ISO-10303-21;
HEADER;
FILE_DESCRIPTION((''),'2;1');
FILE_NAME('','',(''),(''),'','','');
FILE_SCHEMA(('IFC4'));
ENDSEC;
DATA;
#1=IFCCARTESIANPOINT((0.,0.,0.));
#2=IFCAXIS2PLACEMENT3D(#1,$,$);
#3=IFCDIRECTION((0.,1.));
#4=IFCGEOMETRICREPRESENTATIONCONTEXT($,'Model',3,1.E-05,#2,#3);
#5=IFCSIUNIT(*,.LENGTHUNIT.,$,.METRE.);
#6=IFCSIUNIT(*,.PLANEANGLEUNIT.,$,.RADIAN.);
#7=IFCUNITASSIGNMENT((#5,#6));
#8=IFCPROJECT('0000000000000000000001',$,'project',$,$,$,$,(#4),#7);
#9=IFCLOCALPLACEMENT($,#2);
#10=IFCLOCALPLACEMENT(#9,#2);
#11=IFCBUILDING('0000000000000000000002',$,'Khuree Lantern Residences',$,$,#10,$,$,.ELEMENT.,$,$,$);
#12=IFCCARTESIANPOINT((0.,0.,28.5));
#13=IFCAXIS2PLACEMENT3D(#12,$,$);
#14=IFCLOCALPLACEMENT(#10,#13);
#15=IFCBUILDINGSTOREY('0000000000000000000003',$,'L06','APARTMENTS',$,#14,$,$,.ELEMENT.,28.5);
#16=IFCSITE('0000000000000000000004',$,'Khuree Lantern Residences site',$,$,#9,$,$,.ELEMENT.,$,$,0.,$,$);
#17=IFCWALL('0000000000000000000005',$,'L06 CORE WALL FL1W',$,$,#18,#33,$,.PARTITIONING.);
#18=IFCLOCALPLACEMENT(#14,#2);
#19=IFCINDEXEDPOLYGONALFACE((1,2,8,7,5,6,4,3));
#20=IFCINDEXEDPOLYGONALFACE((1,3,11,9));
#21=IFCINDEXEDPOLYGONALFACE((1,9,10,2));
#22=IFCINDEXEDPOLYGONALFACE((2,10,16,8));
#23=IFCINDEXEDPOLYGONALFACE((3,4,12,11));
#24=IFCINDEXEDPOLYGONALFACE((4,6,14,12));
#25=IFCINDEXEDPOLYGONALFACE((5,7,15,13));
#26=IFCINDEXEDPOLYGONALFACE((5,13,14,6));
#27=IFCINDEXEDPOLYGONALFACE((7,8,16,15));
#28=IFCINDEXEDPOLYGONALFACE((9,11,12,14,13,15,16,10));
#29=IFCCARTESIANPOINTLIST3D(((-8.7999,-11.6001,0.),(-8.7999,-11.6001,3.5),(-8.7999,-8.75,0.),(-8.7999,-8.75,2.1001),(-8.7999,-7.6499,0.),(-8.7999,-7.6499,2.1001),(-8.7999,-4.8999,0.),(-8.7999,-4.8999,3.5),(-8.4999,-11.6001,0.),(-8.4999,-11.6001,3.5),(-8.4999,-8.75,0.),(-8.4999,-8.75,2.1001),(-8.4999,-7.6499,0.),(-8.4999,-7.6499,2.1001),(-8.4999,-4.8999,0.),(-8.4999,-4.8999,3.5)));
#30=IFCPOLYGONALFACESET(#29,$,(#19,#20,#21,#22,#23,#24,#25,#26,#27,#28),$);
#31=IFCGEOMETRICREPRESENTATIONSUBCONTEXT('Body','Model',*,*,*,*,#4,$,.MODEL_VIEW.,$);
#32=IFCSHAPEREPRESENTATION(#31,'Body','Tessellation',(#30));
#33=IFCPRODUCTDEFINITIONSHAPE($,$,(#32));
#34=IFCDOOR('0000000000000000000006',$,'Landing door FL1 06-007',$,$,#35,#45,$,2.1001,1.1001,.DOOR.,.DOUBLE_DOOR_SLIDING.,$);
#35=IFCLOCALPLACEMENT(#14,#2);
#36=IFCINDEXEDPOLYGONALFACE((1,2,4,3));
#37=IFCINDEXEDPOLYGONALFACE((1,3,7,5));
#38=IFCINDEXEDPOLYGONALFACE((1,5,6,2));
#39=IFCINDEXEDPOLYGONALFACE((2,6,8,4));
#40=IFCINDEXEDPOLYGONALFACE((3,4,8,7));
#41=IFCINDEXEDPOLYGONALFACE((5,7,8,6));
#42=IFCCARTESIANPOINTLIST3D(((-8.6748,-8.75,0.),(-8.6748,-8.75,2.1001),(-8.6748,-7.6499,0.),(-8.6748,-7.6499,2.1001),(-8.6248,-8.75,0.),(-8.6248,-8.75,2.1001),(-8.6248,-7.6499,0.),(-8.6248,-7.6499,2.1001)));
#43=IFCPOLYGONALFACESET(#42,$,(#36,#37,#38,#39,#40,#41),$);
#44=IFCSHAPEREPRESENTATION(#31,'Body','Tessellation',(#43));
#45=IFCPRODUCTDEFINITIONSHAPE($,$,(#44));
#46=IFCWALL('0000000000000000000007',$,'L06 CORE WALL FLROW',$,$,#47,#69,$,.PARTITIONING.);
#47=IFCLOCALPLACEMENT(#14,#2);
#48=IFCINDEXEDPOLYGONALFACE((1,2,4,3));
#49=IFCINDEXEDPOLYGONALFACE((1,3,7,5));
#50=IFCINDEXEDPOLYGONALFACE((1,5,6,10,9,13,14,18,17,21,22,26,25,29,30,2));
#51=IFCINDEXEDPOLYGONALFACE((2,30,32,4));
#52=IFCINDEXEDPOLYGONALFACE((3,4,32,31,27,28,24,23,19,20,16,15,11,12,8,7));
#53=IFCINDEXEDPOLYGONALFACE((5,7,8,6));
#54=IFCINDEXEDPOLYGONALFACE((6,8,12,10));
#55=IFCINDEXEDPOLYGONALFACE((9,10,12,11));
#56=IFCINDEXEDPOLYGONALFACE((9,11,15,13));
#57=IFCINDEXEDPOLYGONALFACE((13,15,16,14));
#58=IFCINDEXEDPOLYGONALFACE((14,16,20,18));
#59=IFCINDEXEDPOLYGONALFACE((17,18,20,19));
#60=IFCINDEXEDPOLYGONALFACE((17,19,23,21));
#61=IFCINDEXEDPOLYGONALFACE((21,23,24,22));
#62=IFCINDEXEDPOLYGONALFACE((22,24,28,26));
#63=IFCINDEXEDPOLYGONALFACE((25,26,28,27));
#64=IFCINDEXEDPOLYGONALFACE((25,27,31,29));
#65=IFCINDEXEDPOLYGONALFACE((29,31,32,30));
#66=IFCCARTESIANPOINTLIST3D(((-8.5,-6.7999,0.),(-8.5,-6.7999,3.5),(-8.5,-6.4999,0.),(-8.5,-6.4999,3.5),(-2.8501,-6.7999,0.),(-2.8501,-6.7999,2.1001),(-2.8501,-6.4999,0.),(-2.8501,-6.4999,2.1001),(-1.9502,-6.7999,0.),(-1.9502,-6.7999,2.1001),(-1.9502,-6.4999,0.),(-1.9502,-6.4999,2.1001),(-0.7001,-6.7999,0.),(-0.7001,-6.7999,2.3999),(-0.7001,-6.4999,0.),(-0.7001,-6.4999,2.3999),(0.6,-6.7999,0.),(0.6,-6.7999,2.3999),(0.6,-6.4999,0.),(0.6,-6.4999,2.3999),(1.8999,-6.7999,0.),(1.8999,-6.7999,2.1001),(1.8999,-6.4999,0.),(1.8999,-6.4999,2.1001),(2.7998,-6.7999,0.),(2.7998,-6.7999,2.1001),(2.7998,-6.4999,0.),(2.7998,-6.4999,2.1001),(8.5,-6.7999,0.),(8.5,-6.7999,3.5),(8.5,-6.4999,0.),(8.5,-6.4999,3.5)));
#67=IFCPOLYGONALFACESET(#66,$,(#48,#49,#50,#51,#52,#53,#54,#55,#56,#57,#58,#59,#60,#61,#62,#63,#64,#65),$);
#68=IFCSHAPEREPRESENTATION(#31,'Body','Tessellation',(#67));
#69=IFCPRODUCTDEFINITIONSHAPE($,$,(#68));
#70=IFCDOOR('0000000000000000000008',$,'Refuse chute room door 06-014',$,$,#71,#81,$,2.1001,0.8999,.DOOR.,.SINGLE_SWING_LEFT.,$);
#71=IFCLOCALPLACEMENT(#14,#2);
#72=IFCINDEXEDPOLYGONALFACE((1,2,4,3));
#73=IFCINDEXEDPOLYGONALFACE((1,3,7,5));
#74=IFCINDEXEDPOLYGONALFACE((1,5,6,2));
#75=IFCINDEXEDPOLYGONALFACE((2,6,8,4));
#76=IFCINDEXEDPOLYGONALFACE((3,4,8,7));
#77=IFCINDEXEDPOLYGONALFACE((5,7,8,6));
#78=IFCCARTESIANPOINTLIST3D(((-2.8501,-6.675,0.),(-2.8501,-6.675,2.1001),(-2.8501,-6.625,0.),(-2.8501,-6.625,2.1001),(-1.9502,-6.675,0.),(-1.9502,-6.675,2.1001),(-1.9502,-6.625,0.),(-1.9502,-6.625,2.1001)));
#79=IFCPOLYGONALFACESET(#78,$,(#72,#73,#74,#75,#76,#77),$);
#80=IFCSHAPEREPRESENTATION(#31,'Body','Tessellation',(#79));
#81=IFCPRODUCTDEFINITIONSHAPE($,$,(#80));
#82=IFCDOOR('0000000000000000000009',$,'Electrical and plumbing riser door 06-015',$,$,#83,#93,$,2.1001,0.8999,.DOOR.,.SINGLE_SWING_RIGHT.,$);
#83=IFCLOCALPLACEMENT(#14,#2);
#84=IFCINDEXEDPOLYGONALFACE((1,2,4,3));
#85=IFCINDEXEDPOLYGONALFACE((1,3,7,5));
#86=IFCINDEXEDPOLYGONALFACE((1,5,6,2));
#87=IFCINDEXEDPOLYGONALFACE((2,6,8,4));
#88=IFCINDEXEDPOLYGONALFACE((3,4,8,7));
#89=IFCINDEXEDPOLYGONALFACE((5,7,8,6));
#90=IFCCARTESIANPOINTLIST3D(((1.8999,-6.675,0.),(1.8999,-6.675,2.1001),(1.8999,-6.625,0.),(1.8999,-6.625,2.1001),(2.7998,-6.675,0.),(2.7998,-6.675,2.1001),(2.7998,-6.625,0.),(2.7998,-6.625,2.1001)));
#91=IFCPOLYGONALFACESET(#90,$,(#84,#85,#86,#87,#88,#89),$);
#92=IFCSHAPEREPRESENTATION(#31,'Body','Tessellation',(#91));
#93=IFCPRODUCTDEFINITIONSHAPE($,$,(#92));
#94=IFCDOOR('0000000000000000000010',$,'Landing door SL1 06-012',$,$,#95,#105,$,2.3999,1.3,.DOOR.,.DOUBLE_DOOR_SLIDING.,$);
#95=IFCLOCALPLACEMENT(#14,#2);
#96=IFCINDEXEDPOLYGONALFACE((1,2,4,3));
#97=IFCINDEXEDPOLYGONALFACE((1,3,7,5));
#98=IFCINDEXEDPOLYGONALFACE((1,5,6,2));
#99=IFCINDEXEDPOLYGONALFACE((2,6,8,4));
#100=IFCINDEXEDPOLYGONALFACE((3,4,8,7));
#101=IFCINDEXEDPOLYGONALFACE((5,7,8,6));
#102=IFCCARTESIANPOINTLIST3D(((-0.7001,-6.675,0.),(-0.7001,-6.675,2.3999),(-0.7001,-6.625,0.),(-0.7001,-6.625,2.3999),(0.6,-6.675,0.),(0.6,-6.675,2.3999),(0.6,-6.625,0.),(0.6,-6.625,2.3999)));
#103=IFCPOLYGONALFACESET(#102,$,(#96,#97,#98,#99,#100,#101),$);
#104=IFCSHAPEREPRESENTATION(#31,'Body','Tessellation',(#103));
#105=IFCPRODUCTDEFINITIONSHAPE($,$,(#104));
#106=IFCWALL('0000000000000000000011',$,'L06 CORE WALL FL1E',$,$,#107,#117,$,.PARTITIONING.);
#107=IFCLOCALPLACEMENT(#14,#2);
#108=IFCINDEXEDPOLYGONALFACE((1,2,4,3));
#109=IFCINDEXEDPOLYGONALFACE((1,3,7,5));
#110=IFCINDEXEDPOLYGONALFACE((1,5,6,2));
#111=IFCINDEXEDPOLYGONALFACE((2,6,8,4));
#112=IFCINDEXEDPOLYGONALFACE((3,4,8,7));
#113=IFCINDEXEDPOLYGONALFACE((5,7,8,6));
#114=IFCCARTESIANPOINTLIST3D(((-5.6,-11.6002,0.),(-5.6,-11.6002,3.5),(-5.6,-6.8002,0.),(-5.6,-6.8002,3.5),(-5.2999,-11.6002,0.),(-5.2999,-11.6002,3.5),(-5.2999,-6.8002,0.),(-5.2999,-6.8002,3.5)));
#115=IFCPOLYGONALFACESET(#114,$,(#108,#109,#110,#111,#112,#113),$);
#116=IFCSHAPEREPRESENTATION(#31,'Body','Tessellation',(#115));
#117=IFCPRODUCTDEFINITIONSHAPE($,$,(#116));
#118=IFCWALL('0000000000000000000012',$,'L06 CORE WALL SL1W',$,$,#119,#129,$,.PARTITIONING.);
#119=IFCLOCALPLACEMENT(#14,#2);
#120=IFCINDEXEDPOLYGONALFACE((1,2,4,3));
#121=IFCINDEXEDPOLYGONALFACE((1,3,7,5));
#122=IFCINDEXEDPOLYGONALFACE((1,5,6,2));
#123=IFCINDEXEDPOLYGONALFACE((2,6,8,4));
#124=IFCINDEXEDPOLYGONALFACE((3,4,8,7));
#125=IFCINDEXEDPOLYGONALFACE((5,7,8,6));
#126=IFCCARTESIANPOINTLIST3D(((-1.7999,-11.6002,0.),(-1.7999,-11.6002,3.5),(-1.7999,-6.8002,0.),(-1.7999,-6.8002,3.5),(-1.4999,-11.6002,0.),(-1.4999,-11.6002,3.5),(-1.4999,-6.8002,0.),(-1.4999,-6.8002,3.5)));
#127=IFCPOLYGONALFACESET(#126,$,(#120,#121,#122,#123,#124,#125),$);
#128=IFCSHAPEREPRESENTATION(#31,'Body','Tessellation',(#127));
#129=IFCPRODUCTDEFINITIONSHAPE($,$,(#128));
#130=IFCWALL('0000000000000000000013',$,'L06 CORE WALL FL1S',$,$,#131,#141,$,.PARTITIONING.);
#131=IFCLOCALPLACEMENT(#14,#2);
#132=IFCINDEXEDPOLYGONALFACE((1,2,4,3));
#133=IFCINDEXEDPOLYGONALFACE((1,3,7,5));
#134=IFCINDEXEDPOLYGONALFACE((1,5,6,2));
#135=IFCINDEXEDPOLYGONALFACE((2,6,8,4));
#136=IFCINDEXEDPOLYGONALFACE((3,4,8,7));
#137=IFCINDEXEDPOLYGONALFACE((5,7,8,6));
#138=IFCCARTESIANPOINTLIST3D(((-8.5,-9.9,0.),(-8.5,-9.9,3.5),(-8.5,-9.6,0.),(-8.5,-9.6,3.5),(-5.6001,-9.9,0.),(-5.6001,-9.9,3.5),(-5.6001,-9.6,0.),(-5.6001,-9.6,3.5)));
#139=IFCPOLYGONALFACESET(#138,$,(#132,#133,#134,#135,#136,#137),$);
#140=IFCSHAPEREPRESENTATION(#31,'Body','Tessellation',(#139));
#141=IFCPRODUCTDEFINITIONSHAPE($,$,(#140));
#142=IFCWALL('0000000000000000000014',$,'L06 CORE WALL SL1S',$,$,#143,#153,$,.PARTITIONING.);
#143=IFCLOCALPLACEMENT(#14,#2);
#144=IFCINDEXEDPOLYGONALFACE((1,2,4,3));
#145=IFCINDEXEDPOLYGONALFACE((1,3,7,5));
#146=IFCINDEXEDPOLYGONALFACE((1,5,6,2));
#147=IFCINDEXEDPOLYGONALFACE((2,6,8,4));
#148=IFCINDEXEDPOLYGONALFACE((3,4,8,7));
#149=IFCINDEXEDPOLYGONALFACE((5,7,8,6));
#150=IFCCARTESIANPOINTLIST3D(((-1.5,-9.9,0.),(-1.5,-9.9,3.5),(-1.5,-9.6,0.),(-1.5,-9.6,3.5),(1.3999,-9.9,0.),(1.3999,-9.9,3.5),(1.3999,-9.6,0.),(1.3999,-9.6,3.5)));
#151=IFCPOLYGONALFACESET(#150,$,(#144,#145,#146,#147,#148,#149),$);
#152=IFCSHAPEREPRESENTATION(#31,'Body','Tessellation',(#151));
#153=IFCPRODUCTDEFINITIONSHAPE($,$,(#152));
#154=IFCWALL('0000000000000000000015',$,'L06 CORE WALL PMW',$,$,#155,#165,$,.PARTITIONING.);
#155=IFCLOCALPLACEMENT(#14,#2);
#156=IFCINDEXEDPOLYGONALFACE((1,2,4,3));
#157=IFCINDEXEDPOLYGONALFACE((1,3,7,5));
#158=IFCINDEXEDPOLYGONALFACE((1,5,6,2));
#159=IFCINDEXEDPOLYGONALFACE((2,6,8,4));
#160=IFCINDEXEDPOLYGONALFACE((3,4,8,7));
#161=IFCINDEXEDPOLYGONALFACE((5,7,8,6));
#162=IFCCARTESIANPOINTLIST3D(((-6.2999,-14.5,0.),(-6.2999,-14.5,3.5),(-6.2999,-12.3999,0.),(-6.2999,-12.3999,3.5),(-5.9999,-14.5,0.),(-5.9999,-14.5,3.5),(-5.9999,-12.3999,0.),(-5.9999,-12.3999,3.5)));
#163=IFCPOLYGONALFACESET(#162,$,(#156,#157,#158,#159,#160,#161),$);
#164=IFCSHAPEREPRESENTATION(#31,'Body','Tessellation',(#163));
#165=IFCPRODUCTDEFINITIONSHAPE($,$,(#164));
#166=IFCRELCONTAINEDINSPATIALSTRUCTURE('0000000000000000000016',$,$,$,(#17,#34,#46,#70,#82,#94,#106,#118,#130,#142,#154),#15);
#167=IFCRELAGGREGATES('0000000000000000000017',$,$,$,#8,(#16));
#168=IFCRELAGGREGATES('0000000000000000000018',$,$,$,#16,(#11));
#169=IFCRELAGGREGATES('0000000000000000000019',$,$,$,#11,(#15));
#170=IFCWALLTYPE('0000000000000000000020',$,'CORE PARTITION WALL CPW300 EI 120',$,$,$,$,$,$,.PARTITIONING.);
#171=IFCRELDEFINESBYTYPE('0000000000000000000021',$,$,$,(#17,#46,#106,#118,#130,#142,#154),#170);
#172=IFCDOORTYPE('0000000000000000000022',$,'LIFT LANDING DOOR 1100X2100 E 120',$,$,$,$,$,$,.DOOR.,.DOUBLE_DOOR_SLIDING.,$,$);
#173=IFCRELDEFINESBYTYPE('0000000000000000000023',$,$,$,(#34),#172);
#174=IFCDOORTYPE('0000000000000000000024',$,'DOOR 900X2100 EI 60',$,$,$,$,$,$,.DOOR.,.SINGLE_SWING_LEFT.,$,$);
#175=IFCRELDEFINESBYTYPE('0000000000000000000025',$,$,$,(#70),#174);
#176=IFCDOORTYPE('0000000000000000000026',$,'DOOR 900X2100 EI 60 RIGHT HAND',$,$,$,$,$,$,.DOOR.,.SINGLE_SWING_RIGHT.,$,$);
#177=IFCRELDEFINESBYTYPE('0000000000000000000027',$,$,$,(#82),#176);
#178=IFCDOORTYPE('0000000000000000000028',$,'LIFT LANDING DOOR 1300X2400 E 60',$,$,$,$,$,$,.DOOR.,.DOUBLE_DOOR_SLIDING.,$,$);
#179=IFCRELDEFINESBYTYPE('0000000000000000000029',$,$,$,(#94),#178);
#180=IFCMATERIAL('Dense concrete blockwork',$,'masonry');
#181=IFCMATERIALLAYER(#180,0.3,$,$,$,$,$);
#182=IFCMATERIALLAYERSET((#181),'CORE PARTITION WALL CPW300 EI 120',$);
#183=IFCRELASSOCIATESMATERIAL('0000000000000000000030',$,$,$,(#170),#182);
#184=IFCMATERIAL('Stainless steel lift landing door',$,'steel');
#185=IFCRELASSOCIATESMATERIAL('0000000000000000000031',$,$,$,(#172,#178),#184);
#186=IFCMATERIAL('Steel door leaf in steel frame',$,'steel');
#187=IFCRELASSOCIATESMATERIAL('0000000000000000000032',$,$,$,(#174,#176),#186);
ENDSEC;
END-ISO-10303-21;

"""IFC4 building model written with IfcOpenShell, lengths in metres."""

from ifc_helpers import new_model, si_unit, direction, frame, frame_2d, origin, place, context, subcontext, project, spatial, rectangle, extrude, material, layer, layer_set, type_object, element, fill, save


model = new_model("IFC4")

# Units and contexts
model_context = context("Model", 3, precision=1e-05, world=origin(), true_north=direction((0.0, 1.0)))
body_context = subcontext(model_context, "Body", "Model", "MODEL_VIEW")
ifc_project = project(units=[si_unit("LENGTHUNIT", "METRE"), si_unit("PLANEANGLEUNIT", "RADIAN")], contexts=[model_context])

# Site, building, storey
site_placement = place(None, origin())
site = spatial("IfcSite", under=ifc_project, at=site_placement, Name="Khuree Lantern Residences site", CompositionType="ELEMENT", RefElevation=0.0)
building_placement = place(site_placement, origin())
building = spatial("IfcBuilding", under=site, at=building_placement, Name="Khuree Lantern Residences", CompositionType="ELEMENT")
storey_placement = place(building_placement, frame((0.0, 0.0, 28.5)))
storey = spatial("IfcBuildingStorey", under=building, at=storey_placement, Name="L06", Description="APARTMENTS", CompositionType="ELEMENT", Elevation=28.5)

# Wall, opening, door
ifc_material_1 = material(Name="Dense concrete blockwork", Category="masonry")
ifc_layer_1 = layer(ifc_material_1, 0.3)
ifc_layer_set_1 = layer_set([ifc_layer_1], Name="CORE PARTITION WALL CPW300 EI 120")
wall_type_1 = type_object("IfcWallType", Name="CORE PARTITION WALL CPW300 EI 120", PredefinedType="PARTITIONING", material=ifc_layer_set_1)
wall_1_placement = place(storey_placement, frame((-8.6499, -11.6001, 0.0), z_axis=(0.0, 0.0, 1.0), x_axis=(0.0, 1.0, 0.0)))
wall_1 = element("IfcWall", 1, at=wall_1_placement, inside=storey, type_object=wall_type_1, Name="L06 CORE WALL FL1W", PredefinedType="PARTITIONING", context=body_context, shape_type="SweptSolid", body=[
    extrude(rectangle(XDim=6.7002, YDim=0.3, at=frame_2d((3.3501, 0.0))), origin(), (0.0, 0.0, 1.0), 3.5),
])
opening_1_placement = place(wall_1_placement, frame((2.8501, 0.0, 0.0)))
opening_1 = element("IfcOpeningElement", 2, at=opening_1_placement, cuts=wall_1, PredefinedType="OPENING", context=body_context, shape_type="SweptSolid", body=[
    extrude(rectangle(XDim=1.1001, YDim=2.1001, at=frame_2d((0.55, 1.05))), frame((0.0, 0.1602, 0.0), z_axis=(0.0, -1.0, 0.0), x_axis=(1.0, 0.0, 0.0)), (0.0, 0.0, 1.0), 0.3201),
])
ifc_material_2 = material(Name="Stainless steel lift landing door", Category="steel")
door_type_1 = type_object("IfcDoorType", Name="LIFT LANDING DOOR 1100X2100 E 120", OperationType="DOUBLE_DOOR_SLIDING", PredefinedType="DOOR", material=ifc_material_2)
door_1_placement = place(opening_1_placement, origin())
door_1 = element("IfcDoor", 3, at=door_1_placement, inside=storey, type_object=door_type_1, Name="Landing door FL1 06-007", OperationType="DOUBLE_DOOR_SLIDING", OverallHeight=2.1001, OverallWidth=1.1001, PredefinedType="DOOR", context=body_context, shape_type="SweptSolid", body=[
    extrude(rectangle(XDim=1.1001, YDim=2.1001, at=frame_2d((0.55, 1.05))), frame((0.0, 0.0249, 0.0), z_axis=(0.0, -1.0, 0.0), x_axis=(1.0, 0.0, 0.0)), (0.0, 0.0, 1.0), 0.05),
])
fill(opening_1, door_1)

# Wall, openings, doors
wall_2_placement = place(storey_placement, frame((-8.5, -6.6499, 0.0), z_axis=(0.0, 0.0, 1.0), x_axis=(1.0, 0.0, 0.0)))
wall_2 = element("IfcWall", 4, at=wall_2_placement, inside=storey, type_object=wall_type_1, Name="L06 CORE WALL FLROW", PredefinedType="PARTITIONING", context=body_context, shape_type="SweptSolid", body=[
    extrude(rectangle(XDim=17.0, YDim=0.3, at=frame_2d((8.5, 0.0))), origin(), (0.0, 0.0, 1.0), 3.5),
])
opening_2_placement = place(wall_2_placement, frame((7.8, 0.0, 0.0)))
opening_2 = element("IfcOpeningElement", 5, at=opening_2_placement, cuts=wall_2, PredefinedType="OPENING", context=body_context, shape_type="SweptSolid", body=[
    extrude(rectangle(XDim=1.3, YDim=2.3999, at=frame_2d((0.6499, 1.2))), frame((0.0, 0.1602, 0.0), z_axis=(0.0, -1.0, 0.0), x_axis=(1.0, 0.0, 0.0)), (0.0, 0.0, 1.0), 0.3201),
])
opening_3_placement = place(wall_2_placement, frame((5.6499, 0.0, 0.0)))
opening_3 = element("IfcOpeningElement", 6, at=opening_3_placement, cuts=wall_2, PredefinedType="OPENING", context=body_context, shape_type="SweptSolid", body=[
    extrude(rectangle(XDim=0.8999, YDim=2.1001, at=frame_2d((0.45, 1.05))), frame((0.0, 0.1602, 0.0), z_axis=(0.0, -1.0, 0.0), x_axis=(1.0, 0.0, 0.0)), (0.0, 0.0, 1.0), 0.3201),
])
opening_4_placement = place(wall_2_placement, frame((10.3999, 0.0, 0.0)))
opening_4 = element("IfcOpeningElement", 7, at=opening_4_placement, cuts=wall_2, PredefinedType="OPENING", context=body_context, shape_type="SweptSolid", body=[
    extrude(rectangle(XDim=0.8999, YDim=2.1001, at=frame_2d((0.45, 1.05))), frame((0.0, 0.1602, 0.0), z_axis=(0.0, -1.0, 0.0), x_axis=(1.0, 0.0, 0.0)), (0.0, 0.0, 1.0), 0.3201),
])
ifc_material_3 = material(Name="Steel door leaf in steel frame", Category="steel")
door_type_2 = type_object("IfcDoorType", Name="DOOR 900X2100 EI 60", OperationType="SINGLE_SWING_LEFT", PredefinedType="DOOR", material=ifc_material_3)
door_2_placement = place(opening_3_placement, origin())
door_2 = element("IfcDoor", 8, at=door_2_placement, inside=storey, type_object=door_type_2, Name="Refuse chute room door 06-014", OperationType="SINGLE_SWING_LEFT", OverallHeight=2.1001, OverallWidth=0.8999, PredefinedType="DOOR", context=body_context, shape_type="SweptSolid", body=[
    extrude(rectangle(XDim=0.8999, YDim=2.1001, at=frame_2d((0.45, 1.05))), frame((0.0, 0.0249, 0.0), z_axis=(0.0, -1.0, 0.0), x_axis=(1.0, 0.0, 0.0)), (0.0, 0.0, 1.0), 0.05),
])
fill(opening_3, door_2)
door_type_3 = type_object("IfcDoorType", Name="DOOR 900X2100 EI 60 RIGHT HAND", OperationType="SINGLE_SWING_RIGHT", PredefinedType="DOOR", material=ifc_material_3)
door_3_placement = place(opening_4_placement, origin())
door_3 = element("IfcDoor", 9, at=door_3_placement, inside=storey, type_object=door_type_3, Name="Electrical and plumbing riser door 06-015", OperationType="SINGLE_SWING_RIGHT", OverallHeight=2.1001, OverallWidth=0.8999, PredefinedType="DOOR", context=body_context, shape_type="SweptSolid", body=[
    extrude(rectangle(XDim=0.8999, YDim=2.1001, at=frame_2d((0.45, 1.05))), frame((0.0, 0.0249, 0.0), z_axis=(0.0, -1.0, 0.0), x_axis=(1.0, 0.0, 0.0)), (0.0, 0.0, 1.0), 0.05),
])
fill(opening_4, door_3)
door_type_4 = type_object("IfcDoorType", Name="LIFT LANDING DOOR 1300X2400 E 60", OperationType="DOUBLE_DOOR_SLIDING", PredefinedType="DOOR", material=ifc_material_2)
door_4_placement = place(opening_2_placement, origin())
door_4 = element("IfcDoor", 10, at=door_4_placement, inside=storey, type_object=door_type_4, Name="Landing door SL1 06-012", OperationType="DOUBLE_DOOR_SLIDING", OverallHeight=2.3999, OverallWidth=1.3, PredefinedType="DOOR", context=body_context, shape_type="SweptSolid", body=[
    extrude(rectangle(XDim=1.3, YDim=2.3999, at=frame_2d((0.6499, 1.2))), frame((0.0, 0.0249, 0.0), z_axis=(0.0, -1.0, 0.0), x_axis=(1.0, 0.0, 0.0)), (0.0, 0.0, 1.0), 0.05),
])
fill(opening_2, door_4)

# Walls
for number, where, z_axis, x_axis, name in (
    (11, (-5.45, -11.6001, 0.0), (0.0, 0.0, 1.0), (0.0, 1.0, 0.0), "L06 CORE WALL FL1E"),
    (12, (-1.6499, -11.6001, 0.0), (0.0, 0.0, 1.0), (0.0, 1.0, 0.0), "L06 CORE WALL SL1W"),
):
    element("IfcWall", number, at=place(storey_placement, frame(where, z_axis=z_axis, x_axis=x_axis)), inside=storey, type_object=wall_type_1, Name=name, PredefinedType="PARTITIONING", context=body_context, shape_type="SweptSolid", body=[
        extrude(rectangle(XDim=4.8, YDim=0.3, at=frame_2d((2.3999, 0.0))), origin(), (0.0, 0.0, 1.0), 3.5),
    ])
for number, where, z_axis, x_axis, name in (
    (13, (-8.5, -9.75, 0.0), (0.0, 0.0, 1.0), (1.0, 0.0, 0.0), "L06 CORE WALL FL1S"),
    (14, (-1.5, -9.75, 0.0), (0.0, 0.0, 1.0), (1.0, 0.0, 0.0), "L06 CORE WALL SL1S"),
):
    element("IfcWall", number, at=place(storey_placement, frame(where, z_axis=z_axis, x_axis=x_axis)), inside=storey, type_object=wall_type_1, Name=name, PredefinedType="PARTITIONING", context=body_context, shape_type="SweptSolid", body=[
        extrude(rectangle(XDim=2.8999, YDim=0.3, at=frame_2d((1.45, 0.0))), origin(), (0.0, 0.0, 1.0), 3.5),
    ])
wall_3_placement = place(storey_placement, frame((-6.1499, -14.5, 0.0), z_axis=(0.0, 0.0, 1.0), x_axis=(0.0, 1.0, 0.0)))
element("IfcWall", 15, at=wall_3_placement, inside=storey, type_object=wall_type_1, Name="L06 CORE WALL PMW", PredefinedType="PARTITIONING", context=body_context, shape_type="SweptSolid", body=[
    extrude(rectangle(XDim=2.1001, YDim=0.3, at=frame_2d((1.05, 0.0))), origin(), (0.0, 0.0, 1.0), 3.5),
])

save(model, "model.ifc")
